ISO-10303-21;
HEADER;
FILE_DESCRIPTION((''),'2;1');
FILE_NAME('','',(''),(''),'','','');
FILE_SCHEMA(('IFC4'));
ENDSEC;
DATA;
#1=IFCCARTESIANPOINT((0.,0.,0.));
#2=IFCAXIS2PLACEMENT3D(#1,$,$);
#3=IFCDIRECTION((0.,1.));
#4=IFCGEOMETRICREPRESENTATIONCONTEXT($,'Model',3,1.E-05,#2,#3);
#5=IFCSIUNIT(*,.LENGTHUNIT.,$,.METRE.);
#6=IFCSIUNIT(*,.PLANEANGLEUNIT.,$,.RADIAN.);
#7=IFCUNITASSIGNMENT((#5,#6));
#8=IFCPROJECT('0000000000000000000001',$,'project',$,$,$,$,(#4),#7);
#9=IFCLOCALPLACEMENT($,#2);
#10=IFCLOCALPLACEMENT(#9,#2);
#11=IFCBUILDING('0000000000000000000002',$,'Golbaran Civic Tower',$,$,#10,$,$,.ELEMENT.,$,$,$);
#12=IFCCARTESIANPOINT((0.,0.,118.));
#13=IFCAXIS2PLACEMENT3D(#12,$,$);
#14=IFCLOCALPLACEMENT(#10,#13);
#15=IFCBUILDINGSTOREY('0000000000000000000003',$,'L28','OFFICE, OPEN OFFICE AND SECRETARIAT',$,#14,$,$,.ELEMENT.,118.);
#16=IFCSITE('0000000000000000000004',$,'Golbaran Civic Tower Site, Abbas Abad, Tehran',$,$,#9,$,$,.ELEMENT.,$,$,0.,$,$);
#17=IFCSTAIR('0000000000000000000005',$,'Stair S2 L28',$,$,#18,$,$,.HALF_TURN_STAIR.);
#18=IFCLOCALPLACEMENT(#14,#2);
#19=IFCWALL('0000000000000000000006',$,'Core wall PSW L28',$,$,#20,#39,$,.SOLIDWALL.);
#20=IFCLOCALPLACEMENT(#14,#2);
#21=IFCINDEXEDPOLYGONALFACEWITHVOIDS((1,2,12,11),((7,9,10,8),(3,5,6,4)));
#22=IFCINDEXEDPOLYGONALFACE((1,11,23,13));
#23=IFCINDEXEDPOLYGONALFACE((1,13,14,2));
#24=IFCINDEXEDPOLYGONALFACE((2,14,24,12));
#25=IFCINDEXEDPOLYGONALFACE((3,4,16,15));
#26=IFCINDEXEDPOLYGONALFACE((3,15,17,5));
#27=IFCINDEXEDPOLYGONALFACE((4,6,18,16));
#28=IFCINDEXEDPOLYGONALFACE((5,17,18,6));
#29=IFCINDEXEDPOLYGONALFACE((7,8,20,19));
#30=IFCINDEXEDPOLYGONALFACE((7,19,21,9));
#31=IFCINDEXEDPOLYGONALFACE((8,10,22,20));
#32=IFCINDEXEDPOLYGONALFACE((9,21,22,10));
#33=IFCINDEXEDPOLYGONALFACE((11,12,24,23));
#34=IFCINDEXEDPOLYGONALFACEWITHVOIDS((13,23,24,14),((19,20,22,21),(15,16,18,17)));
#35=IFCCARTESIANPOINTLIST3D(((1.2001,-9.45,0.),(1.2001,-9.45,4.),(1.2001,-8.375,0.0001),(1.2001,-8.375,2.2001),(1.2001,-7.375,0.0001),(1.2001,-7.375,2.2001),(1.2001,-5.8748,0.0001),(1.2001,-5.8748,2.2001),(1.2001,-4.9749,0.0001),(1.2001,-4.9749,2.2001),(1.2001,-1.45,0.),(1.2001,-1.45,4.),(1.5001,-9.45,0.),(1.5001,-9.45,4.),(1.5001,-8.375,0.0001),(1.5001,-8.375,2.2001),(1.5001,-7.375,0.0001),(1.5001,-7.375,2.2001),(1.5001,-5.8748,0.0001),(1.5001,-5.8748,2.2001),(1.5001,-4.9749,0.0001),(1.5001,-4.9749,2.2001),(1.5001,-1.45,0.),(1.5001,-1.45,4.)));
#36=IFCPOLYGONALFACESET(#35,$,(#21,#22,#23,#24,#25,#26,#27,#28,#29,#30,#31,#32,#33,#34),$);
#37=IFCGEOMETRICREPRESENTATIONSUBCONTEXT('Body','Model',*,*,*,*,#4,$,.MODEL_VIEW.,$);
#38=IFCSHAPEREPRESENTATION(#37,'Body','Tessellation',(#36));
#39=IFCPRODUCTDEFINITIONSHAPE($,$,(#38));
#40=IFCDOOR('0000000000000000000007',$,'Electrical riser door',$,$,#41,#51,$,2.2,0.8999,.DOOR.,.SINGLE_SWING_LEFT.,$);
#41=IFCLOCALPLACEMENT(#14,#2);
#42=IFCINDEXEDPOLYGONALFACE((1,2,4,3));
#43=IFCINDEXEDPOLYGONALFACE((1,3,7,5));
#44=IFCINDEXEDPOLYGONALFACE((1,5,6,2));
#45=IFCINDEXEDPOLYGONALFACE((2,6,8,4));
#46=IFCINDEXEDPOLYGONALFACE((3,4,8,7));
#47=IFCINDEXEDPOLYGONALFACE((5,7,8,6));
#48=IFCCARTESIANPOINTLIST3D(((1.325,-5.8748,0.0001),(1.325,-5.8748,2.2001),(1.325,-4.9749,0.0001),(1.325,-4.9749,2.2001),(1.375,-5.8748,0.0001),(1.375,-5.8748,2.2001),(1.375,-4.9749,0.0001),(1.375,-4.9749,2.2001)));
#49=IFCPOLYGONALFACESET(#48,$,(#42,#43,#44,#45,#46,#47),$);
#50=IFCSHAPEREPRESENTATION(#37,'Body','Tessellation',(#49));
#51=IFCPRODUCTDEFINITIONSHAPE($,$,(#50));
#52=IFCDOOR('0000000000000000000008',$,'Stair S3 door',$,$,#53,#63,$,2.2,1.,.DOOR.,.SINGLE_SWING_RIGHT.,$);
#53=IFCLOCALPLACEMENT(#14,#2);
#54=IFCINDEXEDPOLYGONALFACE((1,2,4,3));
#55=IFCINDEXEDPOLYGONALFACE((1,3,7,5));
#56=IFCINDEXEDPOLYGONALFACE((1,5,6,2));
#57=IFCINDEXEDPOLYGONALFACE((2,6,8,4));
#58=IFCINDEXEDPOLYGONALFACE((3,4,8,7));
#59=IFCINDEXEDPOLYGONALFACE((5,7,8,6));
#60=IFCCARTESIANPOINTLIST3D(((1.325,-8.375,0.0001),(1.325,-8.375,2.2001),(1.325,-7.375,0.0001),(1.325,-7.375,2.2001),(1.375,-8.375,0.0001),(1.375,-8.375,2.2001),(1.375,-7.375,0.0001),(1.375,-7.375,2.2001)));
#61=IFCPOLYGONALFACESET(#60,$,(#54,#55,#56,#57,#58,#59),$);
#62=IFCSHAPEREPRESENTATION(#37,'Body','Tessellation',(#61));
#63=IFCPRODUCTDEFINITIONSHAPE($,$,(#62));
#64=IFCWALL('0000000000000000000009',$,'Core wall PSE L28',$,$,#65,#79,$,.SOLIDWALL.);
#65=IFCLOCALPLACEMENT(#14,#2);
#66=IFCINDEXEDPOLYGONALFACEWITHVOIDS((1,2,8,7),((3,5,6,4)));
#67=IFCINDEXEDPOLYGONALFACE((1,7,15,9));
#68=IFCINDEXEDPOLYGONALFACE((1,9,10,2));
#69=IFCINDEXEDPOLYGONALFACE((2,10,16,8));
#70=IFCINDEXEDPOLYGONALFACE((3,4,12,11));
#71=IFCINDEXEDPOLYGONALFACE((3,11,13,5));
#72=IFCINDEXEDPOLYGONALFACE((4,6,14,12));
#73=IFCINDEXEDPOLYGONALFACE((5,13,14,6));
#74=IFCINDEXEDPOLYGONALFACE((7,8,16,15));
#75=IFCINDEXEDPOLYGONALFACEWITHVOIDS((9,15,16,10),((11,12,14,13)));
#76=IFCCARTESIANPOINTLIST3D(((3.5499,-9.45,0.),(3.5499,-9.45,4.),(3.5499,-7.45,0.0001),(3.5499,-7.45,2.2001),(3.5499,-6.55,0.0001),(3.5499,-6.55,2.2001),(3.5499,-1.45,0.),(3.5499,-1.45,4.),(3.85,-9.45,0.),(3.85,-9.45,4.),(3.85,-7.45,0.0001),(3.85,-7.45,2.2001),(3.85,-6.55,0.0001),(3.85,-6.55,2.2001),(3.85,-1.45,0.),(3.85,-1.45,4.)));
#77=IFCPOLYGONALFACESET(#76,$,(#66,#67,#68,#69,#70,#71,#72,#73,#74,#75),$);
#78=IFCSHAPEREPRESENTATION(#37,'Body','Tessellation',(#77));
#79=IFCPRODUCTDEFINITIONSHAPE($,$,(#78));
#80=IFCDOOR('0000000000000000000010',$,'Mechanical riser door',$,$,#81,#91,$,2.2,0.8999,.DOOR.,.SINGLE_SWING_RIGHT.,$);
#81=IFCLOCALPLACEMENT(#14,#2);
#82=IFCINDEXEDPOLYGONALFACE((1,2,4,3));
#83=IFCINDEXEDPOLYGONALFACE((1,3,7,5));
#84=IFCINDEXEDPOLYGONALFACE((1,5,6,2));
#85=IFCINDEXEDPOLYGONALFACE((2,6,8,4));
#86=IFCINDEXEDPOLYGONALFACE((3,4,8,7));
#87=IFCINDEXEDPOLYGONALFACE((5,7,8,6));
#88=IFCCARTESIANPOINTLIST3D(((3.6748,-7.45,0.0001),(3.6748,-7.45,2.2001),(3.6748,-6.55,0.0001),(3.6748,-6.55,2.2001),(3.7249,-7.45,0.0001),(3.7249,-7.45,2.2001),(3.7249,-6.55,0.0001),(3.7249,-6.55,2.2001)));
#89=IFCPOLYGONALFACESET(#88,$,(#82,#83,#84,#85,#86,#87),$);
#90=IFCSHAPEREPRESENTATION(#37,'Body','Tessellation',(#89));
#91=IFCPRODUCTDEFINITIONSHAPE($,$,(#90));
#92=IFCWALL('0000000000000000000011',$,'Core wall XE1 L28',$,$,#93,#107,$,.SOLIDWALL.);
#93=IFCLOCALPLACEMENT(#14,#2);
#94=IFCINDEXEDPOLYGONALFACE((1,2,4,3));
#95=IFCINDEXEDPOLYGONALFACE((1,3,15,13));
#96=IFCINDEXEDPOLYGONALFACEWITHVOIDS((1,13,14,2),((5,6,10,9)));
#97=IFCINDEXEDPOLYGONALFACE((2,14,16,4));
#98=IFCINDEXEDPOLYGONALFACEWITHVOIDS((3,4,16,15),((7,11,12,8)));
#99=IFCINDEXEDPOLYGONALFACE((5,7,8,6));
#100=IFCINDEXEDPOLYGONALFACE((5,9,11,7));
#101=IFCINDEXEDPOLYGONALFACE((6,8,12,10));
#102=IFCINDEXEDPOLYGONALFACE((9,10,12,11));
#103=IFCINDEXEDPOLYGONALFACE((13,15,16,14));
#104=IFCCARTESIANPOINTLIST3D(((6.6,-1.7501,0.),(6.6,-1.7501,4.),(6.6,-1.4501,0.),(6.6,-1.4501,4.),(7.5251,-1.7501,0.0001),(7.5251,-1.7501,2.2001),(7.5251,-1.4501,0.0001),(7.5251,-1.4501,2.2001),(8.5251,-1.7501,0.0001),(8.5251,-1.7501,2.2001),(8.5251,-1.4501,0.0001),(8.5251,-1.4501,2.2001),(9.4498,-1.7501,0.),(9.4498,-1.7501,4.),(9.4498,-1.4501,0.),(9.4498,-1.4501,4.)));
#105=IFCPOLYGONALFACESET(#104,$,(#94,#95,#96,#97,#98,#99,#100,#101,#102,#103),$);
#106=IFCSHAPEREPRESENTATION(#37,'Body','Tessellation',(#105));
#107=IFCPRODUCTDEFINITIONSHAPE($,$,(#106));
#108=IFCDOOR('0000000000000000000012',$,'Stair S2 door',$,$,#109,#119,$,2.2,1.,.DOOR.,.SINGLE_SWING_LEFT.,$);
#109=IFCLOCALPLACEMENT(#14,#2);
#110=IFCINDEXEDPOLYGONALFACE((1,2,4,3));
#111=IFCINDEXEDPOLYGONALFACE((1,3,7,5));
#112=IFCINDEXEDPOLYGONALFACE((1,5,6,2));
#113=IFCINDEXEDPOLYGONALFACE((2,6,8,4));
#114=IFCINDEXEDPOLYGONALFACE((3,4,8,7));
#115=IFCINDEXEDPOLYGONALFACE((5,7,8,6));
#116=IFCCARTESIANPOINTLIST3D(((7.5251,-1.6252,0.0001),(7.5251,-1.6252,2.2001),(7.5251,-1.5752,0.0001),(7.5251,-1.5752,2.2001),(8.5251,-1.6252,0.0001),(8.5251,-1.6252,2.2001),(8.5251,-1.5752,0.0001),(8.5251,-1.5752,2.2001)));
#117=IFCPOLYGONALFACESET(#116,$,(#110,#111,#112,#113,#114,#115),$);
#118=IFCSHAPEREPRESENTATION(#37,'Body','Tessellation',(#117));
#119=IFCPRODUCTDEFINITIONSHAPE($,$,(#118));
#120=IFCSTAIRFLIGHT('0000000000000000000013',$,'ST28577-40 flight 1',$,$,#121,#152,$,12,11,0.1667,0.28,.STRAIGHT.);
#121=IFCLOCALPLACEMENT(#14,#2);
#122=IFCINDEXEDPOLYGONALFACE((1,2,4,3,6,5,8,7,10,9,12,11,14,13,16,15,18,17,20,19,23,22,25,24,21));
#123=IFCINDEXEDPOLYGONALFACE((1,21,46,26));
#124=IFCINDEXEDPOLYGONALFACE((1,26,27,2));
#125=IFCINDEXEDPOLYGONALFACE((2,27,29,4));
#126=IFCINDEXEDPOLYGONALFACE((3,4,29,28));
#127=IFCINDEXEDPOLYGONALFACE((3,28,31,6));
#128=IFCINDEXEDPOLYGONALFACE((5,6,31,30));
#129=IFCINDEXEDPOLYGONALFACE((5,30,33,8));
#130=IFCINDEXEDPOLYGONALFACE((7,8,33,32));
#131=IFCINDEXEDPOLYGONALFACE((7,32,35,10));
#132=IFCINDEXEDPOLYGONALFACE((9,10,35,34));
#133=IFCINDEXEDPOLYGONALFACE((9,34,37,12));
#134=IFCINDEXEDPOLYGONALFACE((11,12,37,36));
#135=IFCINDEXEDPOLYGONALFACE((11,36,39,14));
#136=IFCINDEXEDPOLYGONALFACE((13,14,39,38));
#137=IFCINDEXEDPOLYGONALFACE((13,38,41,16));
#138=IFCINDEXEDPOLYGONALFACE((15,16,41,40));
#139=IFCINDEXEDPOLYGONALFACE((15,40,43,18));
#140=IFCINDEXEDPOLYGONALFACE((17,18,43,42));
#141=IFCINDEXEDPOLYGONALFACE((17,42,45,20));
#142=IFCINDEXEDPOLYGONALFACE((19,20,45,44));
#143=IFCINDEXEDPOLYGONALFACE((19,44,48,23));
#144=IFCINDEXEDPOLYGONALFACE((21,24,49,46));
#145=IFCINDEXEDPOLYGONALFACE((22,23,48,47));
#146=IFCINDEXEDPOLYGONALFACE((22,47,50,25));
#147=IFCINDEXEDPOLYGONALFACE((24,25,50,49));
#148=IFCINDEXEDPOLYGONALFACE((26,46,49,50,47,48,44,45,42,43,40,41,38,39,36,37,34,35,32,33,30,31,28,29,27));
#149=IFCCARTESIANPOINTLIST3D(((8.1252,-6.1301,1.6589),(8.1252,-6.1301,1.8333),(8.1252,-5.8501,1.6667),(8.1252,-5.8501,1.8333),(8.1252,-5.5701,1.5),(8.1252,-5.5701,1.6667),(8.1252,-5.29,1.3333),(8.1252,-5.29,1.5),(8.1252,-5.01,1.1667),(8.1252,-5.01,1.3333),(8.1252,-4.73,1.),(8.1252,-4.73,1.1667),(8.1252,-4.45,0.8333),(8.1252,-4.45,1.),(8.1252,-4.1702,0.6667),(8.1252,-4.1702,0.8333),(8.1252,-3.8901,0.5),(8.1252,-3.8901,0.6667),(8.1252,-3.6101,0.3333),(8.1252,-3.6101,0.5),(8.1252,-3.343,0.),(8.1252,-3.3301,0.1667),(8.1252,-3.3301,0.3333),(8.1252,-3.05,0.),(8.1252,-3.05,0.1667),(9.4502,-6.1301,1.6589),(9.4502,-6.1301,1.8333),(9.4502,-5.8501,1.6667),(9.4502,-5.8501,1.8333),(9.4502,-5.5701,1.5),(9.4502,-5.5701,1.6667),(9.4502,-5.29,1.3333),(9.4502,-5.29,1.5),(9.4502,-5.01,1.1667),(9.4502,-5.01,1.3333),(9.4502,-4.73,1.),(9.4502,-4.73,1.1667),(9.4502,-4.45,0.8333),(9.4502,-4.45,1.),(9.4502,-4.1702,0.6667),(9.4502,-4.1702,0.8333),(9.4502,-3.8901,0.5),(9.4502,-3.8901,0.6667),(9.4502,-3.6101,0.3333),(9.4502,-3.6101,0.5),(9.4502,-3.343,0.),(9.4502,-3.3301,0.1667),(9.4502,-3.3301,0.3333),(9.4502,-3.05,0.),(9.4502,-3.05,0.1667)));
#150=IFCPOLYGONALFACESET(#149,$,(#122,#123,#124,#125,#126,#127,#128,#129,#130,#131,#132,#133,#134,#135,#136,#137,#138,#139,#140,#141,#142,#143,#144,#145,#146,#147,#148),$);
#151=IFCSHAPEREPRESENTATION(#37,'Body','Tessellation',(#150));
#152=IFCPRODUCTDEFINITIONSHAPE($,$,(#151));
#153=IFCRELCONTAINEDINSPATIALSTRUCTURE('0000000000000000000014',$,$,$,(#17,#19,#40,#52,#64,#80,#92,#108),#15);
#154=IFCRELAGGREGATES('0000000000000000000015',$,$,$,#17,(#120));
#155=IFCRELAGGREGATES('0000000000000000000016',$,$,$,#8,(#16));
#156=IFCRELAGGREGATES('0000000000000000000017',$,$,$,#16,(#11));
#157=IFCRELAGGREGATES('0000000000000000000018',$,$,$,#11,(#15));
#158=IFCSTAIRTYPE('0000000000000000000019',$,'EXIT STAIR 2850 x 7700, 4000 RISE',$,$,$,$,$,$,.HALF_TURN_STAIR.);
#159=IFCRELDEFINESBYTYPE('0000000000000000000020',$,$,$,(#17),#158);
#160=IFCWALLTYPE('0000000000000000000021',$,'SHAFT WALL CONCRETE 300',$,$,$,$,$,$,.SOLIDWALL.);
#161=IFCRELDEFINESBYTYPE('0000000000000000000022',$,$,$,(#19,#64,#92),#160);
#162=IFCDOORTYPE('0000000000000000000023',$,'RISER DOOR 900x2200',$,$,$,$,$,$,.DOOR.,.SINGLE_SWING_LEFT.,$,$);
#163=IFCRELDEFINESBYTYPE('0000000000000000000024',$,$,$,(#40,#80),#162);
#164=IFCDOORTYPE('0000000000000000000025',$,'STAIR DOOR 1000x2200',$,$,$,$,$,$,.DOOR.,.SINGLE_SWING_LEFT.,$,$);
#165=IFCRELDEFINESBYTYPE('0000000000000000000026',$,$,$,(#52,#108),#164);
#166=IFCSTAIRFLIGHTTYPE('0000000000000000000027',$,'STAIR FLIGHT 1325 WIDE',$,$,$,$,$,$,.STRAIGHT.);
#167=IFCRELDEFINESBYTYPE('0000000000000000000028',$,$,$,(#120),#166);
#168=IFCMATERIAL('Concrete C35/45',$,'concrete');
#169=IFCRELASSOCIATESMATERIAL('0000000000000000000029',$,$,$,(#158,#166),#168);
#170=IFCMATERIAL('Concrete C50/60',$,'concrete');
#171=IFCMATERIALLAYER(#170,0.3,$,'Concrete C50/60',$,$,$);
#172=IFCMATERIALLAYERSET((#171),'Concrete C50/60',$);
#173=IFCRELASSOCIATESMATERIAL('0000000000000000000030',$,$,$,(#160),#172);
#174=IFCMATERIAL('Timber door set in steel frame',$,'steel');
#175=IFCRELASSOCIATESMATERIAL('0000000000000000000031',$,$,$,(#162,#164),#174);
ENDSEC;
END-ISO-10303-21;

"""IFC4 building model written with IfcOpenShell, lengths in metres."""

from ifc_helpers import new_model, si_unit, direction, frame, frame_2d, origin, place, context, subcontext, project, spatial, polyline, rectangle, outline, extrude, material, layer, layer_set, type_object, element, fill, aggregate, save


model = new_model("IFC4")

# Units and contexts
model_context = context("Model", 3, precision=1e-05, world=origin(), true_north=direction((0.0, 1.0)))
body_context = subcontext(model_context, "Body", "Model", "MODEL_VIEW")
ifc_project = project(units=[si_unit("LENGTHUNIT", "METRE"), si_unit("PLANEANGLEUNIT", "RADIAN")], contexts=[model_context])

# Site, building, storey
site_placement = place(None, origin())
site = spatial("IfcSite", under=ifc_project, at=site_placement, Name="Golbaran Civic Tower Site, Abbas Abad, Tehran", CompositionType="ELEMENT", RefElevation=0.0)
building_placement = place(site_placement, origin())
building = spatial("IfcBuilding", under=site, at=building_placement, Name="Golbaran Civic Tower", CompositionType="ELEMENT")
storey_placement = place(building_placement, frame((0.0, 0.0, 118.0)))
storey = spatial("IfcBuildingStorey", under=building, at=storey_placement, Name="L28", Description="OFFICE, OPEN OFFICE AND SECRETARIAT", CompositionType="ELEMENT", Elevation=118.0)

# Shared definitions
ifc_material_1 = material(Name="Concrete C35/45", Category="concrete")

# Shared definitions
stair_type = type_object("IfcStairType", Name="EXIT STAIR 2850 x 7700, 4000 RISE", PredefinedType="HALF_TURN_STAIR", material=ifc_material_1)

# Stair
stair_1_placement = place(storey_placement, origin())
stair_1 = element("IfcStair", 1, at=stair_1_placement, inside=storey, type_object=stair_type, Name="Stair S2 L28", PredefinedType="HALF_TURN_STAIR")

# Shared definitions
ifc_material_2 = material(Name="Concrete C50/60", Category="concrete")
ifc_material_3 = material(Name="Timber door set in steel frame", Category="steel")

# Shared definitions
ifc_layer_1 = layer(ifc_material_2, 0.3, Name="Concrete C50/60")
ifc_layer_set_1 = layer_set([ifc_layer_1], Name="Concrete C50/60")
wall_type_1 = type_object("IfcWallType", Name="SHAFT WALL CONCRETE 300", PredefinedType="SOLIDWALL", material=ifc_layer_set_1)

# Wall, openings, doors
wall_1_placement = place(storey_placement, frame((1.3501, -1.45, 0.0), z_axis=(0.0, 0.0, 1.0), x_axis=(0.0, -1.0, 0.0)))
wall_1 = element("IfcWall", 2, at=wall_1_placement, inside=storey, type_object=wall_type_1, Name="Core wall PSW L28", PredefinedType="SOLIDWALL", context=body_context, shape_type="SweptSolid", body=[
    extrude(rectangle(XDim=8.0, YDim=0.3, at=frame_2d((4.0, 0.0))), origin(), (0.0, 0.0, 1.0), 4.0),
])
opening_1_placement = place(wall_1_placement, frame((5.925, 0.0, 0.0)))
opening_1 = element("IfcOpeningElement", 3, at=opening_1_placement, cuts=wall_1, PredefinedType="OPENING", context=body_context, shape_type="SweptSolid", body=[
    extrude(rectangle(XDim=1.0, YDim=2.2, at=frame_2d((0.5, 1.1001))), frame((0.0, 0.1599, 0.0), z_axis=(0.0, -1.0, 0.0), x_axis=(1.0, 0.0, 0.0)), (0.0, 0.0, 1.0), 0.3201),
])
opening_2_placement = place(wall_1_placement, frame((3.5249, 0.0, 0.0)))
opening_2 = element("IfcOpeningElement", 4, at=opening_2_placement, cuts=wall_1, PredefinedType="OPENING", context=body_context, shape_type="SweptSolid", body=[
    extrude(rectangle(XDim=0.8999, YDim=2.2, at=frame_2d((0.45, 1.1001))), frame((0.0, 0.1599, 0.0), z_axis=(0.0, -1.0, 0.0), x_axis=(1.0, 0.0, 0.0)), (0.0, 0.0, 1.0), 0.3201),
])
door_type_1 = type_object("IfcDoorType", Name="RISER DOOR 900x2200", OperationType="SINGLE_SWING_LEFT", PredefinedType="DOOR", material=ifc_material_3)
door_1_placement = place(opening_2_placement, origin())
door_1 = element("IfcDoor", 5, at=door_1_placement, inside=storey, type_object=door_type_1, Name="Electrical riser door", OperationType="SINGLE_SWING_LEFT", OverallHeight=2.2, OverallWidth=0.8999, PredefinedType="DOOR", context=body_context, shape_type="SweptSolid", body=[
    extrude(rectangle(XDim=0.8999, YDim=2.2, at=frame_2d((0.45, 1.1001))), frame((0.0, 0.0249, 0.0), z_axis=(0.0, -1.0, 0.0), x_axis=(1.0, 0.0, 0.0)), (0.0, 0.0, 1.0), 0.05),
])
fill(opening_2, door_1)
door_type_2 = type_object("IfcDoorType", Name="STAIR DOOR 1000x2200", OperationType="SINGLE_SWING_LEFT", PredefinedType="DOOR", material=ifc_material_3)
door_2_placement = place(opening_1_placement, origin())
door_2 = element("IfcDoor", 6, at=door_2_placement, inside=storey, type_object=door_type_2, Name="Stair S3 door", OperationType="SINGLE_SWING_RIGHT", OverallHeight=2.2, OverallWidth=1.0, PredefinedType="DOOR", context=body_context, shape_type="SweptSolid", body=[
    extrude(rectangle(XDim=1.0, YDim=2.2, at=frame_2d((0.5, 1.1001))), frame((0.0, 0.0249, 0.0), z_axis=(0.0, -1.0, 0.0), x_axis=(1.0, 0.0, 0.0)), (0.0, 0.0, 1.0), 0.05),
])
fill(opening_1, door_2)

# Walls, openings, doors
wall_2_placement = place(storey_placement, frame((3.7, -1.45, 0.0), z_axis=(0.0, 0.0, 1.0), x_axis=(0.0, -1.0, 0.0)))
wall_2 = element("IfcWall", 7, at=wall_2_placement, inside=storey, type_object=wall_type_1, Name="Core wall PSE L28", PredefinedType="SOLIDWALL", context=body_context, shape_type="SweptSolid", body=[
    extrude(rectangle(XDim=8.0, YDim=0.3, at=frame_2d((4.0, 0.0))), origin(), (0.0, 0.0, 1.0), 4.0),
])
opening_3_placement = place(wall_2_placement, frame((5.1001, 0.0, 0.0)))
opening_3 = element("IfcOpeningElement", 8, at=opening_3_placement, cuts=wall_2, PredefinedType="OPENING", context=body_context, shape_type="SweptSolid", body=[
    extrude(rectangle(XDim=0.8999, YDim=2.2, at=frame_2d((0.45, 1.1001))), frame((0.0, 0.1599, 0.0), z_axis=(0.0, -1.0, 0.0), x_axis=(1.0, 0.0, 0.0)), (0.0, 0.0, 1.0), 0.3201),
])
door_3_placement = place(opening_3_placement, origin())
door_3 = element("IfcDoor", 9, at=door_3_placement, inside=storey, type_object=door_type_1, Name="Mechanical riser door", OperationType="SINGLE_SWING_RIGHT", OverallHeight=2.2, OverallWidth=0.8999, PredefinedType="DOOR", context=body_context, shape_type="SweptSolid", body=[
    extrude(rectangle(XDim=0.8999, YDim=2.2, at=frame_2d((0.45, 1.1001))), frame((0.0, 0.0249, 0.0), z_axis=(0.0, -1.0, 0.0), x_axis=(1.0, 0.0, 0.0)), (0.0, 0.0, 1.0), 0.05),
])
fill(opening_3, door_3)
wall_3_placement = place(storey_placement, frame((6.6001, -1.6001, 0.0), z_axis=(0.0, 0.0, 1.0), x_axis=(1.0, 0.0, 0.0)))
wall_3 = element("IfcWall", 10, at=wall_3_placement, inside=storey, type_object=wall_type_1, Name="Core wall XE1 L28", PredefinedType="SOLIDWALL", context=body_context, shape_type="SweptSolid", body=[
    extrude(rectangle(XDim=2.8499, YDim=0.3, at=frame_2d((1.4248, 0.0))), origin(), (0.0, 0.0, 1.0), 4.0),
])
opening_4_placement = place(wall_3_placement, frame((0.925, 0.0, 0.0)))
opening_4 = element("IfcOpeningElement", 11, at=opening_4_placement, cuts=wall_3, PredefinedType="OPENING", context=body_context, shape_type="SweptSolid", body=[
    extrude(rectangle(XDim=1.0, YDim=2.2, at=frame_2d((0.5, 1.1001))), frame((0.0, 0.1599, 0.0), z_axis=(0.0, -1.0, 0.0), x_axis=(1.0, 0.0, 0.0)), (0.0, 0.0, 1.0), 0.3201),
])
door_4_placement = place(opening_4_placement, origin())
door_4 = element("IfcDoor", 12, at=door_4_placement, inside=storey, type_object=door_type_2, Name="Stair S2 door", OperationType="SINGLE_SWING_LEFT", OverallHeight=2.2, OverallWidth=1.0, PredefinedType="DOOR", context=body_context, shape_type="SweptSolid", body=[
    extrude(rectangle(XDim=1.0, YDim=2.2, at=frame_2d((0.5, 1.1001))), frame((0.0, 0.0249, 0.0), z_axis=(0.0, -1.0, 0.0), x_axis=(1.0, 0.0, 0.0)), (0.0, 0.0, 1.0), 0.05),
])
fill(opening_4, door_4)

# Stair flight
stair_flight_type = type_object("IfcStairFlightType", Name="STAIR FLIGHT 1325 WIDE", PredefinedType="STRAIGHT", material=ifc_material_1)
stair_flight_1_placement = place(storey_placement, frame((8.7876, -3.05, 0.0), z_axis=(0.0, 0.0, 1.0), x_axis=(0.0, -1.0, 0.0)))
stair_flight_1 = element("IfcStairFlight", 13, at=stair_flight_1_placement, type_object=stair_flight_type, Name="ST28577-40 flight 1", NumberOfRisers=12, NumberOfTreads=11, PredefinedType="STRAIGHT", RiserHeight=0.1667, TreadLength=0.28, context=body_context, shape_type="SweptSolid", body=[
    extrude(outline(polyline([(0.0, 0.0), (0.0, 0.1667), (0.28, 0.1667), (0.28, 0.3333), (0.5601, 0.3333), (0.5601, 0.5), (0.8401, 0.5), (0.8401, 0.6667), (1.1201, 0.6667), (1.1201, 0.8333), (1.3999, 0.8333), (1.3999, 1.0), (1.6799, 1.0), (1.6799, 1.1667), (1.96, 1.1667), (1.96, 1.3333), (2.24, 1.3333), (2.24, 1.5), (2.52, 1.5), (2.52, 1.6667), (2.8, 1.6667), (2.8, 1.8333), (3.0801, 1.8333), (3.0801, 2.0), (3.0801, 1.6589), (0.293, 0.0), (0.0, 0.0)])), frame((0.0, 0.6626, 0.0), z_axis=(0.0, -1.0, 0.0), x_axis=(1.0, 0.0, 0.0)), (0.0, 0.0, 1.0), 1.325),
])
aggregate(stair_1, [stair_flight_1])

save(model, "model.ifc")
